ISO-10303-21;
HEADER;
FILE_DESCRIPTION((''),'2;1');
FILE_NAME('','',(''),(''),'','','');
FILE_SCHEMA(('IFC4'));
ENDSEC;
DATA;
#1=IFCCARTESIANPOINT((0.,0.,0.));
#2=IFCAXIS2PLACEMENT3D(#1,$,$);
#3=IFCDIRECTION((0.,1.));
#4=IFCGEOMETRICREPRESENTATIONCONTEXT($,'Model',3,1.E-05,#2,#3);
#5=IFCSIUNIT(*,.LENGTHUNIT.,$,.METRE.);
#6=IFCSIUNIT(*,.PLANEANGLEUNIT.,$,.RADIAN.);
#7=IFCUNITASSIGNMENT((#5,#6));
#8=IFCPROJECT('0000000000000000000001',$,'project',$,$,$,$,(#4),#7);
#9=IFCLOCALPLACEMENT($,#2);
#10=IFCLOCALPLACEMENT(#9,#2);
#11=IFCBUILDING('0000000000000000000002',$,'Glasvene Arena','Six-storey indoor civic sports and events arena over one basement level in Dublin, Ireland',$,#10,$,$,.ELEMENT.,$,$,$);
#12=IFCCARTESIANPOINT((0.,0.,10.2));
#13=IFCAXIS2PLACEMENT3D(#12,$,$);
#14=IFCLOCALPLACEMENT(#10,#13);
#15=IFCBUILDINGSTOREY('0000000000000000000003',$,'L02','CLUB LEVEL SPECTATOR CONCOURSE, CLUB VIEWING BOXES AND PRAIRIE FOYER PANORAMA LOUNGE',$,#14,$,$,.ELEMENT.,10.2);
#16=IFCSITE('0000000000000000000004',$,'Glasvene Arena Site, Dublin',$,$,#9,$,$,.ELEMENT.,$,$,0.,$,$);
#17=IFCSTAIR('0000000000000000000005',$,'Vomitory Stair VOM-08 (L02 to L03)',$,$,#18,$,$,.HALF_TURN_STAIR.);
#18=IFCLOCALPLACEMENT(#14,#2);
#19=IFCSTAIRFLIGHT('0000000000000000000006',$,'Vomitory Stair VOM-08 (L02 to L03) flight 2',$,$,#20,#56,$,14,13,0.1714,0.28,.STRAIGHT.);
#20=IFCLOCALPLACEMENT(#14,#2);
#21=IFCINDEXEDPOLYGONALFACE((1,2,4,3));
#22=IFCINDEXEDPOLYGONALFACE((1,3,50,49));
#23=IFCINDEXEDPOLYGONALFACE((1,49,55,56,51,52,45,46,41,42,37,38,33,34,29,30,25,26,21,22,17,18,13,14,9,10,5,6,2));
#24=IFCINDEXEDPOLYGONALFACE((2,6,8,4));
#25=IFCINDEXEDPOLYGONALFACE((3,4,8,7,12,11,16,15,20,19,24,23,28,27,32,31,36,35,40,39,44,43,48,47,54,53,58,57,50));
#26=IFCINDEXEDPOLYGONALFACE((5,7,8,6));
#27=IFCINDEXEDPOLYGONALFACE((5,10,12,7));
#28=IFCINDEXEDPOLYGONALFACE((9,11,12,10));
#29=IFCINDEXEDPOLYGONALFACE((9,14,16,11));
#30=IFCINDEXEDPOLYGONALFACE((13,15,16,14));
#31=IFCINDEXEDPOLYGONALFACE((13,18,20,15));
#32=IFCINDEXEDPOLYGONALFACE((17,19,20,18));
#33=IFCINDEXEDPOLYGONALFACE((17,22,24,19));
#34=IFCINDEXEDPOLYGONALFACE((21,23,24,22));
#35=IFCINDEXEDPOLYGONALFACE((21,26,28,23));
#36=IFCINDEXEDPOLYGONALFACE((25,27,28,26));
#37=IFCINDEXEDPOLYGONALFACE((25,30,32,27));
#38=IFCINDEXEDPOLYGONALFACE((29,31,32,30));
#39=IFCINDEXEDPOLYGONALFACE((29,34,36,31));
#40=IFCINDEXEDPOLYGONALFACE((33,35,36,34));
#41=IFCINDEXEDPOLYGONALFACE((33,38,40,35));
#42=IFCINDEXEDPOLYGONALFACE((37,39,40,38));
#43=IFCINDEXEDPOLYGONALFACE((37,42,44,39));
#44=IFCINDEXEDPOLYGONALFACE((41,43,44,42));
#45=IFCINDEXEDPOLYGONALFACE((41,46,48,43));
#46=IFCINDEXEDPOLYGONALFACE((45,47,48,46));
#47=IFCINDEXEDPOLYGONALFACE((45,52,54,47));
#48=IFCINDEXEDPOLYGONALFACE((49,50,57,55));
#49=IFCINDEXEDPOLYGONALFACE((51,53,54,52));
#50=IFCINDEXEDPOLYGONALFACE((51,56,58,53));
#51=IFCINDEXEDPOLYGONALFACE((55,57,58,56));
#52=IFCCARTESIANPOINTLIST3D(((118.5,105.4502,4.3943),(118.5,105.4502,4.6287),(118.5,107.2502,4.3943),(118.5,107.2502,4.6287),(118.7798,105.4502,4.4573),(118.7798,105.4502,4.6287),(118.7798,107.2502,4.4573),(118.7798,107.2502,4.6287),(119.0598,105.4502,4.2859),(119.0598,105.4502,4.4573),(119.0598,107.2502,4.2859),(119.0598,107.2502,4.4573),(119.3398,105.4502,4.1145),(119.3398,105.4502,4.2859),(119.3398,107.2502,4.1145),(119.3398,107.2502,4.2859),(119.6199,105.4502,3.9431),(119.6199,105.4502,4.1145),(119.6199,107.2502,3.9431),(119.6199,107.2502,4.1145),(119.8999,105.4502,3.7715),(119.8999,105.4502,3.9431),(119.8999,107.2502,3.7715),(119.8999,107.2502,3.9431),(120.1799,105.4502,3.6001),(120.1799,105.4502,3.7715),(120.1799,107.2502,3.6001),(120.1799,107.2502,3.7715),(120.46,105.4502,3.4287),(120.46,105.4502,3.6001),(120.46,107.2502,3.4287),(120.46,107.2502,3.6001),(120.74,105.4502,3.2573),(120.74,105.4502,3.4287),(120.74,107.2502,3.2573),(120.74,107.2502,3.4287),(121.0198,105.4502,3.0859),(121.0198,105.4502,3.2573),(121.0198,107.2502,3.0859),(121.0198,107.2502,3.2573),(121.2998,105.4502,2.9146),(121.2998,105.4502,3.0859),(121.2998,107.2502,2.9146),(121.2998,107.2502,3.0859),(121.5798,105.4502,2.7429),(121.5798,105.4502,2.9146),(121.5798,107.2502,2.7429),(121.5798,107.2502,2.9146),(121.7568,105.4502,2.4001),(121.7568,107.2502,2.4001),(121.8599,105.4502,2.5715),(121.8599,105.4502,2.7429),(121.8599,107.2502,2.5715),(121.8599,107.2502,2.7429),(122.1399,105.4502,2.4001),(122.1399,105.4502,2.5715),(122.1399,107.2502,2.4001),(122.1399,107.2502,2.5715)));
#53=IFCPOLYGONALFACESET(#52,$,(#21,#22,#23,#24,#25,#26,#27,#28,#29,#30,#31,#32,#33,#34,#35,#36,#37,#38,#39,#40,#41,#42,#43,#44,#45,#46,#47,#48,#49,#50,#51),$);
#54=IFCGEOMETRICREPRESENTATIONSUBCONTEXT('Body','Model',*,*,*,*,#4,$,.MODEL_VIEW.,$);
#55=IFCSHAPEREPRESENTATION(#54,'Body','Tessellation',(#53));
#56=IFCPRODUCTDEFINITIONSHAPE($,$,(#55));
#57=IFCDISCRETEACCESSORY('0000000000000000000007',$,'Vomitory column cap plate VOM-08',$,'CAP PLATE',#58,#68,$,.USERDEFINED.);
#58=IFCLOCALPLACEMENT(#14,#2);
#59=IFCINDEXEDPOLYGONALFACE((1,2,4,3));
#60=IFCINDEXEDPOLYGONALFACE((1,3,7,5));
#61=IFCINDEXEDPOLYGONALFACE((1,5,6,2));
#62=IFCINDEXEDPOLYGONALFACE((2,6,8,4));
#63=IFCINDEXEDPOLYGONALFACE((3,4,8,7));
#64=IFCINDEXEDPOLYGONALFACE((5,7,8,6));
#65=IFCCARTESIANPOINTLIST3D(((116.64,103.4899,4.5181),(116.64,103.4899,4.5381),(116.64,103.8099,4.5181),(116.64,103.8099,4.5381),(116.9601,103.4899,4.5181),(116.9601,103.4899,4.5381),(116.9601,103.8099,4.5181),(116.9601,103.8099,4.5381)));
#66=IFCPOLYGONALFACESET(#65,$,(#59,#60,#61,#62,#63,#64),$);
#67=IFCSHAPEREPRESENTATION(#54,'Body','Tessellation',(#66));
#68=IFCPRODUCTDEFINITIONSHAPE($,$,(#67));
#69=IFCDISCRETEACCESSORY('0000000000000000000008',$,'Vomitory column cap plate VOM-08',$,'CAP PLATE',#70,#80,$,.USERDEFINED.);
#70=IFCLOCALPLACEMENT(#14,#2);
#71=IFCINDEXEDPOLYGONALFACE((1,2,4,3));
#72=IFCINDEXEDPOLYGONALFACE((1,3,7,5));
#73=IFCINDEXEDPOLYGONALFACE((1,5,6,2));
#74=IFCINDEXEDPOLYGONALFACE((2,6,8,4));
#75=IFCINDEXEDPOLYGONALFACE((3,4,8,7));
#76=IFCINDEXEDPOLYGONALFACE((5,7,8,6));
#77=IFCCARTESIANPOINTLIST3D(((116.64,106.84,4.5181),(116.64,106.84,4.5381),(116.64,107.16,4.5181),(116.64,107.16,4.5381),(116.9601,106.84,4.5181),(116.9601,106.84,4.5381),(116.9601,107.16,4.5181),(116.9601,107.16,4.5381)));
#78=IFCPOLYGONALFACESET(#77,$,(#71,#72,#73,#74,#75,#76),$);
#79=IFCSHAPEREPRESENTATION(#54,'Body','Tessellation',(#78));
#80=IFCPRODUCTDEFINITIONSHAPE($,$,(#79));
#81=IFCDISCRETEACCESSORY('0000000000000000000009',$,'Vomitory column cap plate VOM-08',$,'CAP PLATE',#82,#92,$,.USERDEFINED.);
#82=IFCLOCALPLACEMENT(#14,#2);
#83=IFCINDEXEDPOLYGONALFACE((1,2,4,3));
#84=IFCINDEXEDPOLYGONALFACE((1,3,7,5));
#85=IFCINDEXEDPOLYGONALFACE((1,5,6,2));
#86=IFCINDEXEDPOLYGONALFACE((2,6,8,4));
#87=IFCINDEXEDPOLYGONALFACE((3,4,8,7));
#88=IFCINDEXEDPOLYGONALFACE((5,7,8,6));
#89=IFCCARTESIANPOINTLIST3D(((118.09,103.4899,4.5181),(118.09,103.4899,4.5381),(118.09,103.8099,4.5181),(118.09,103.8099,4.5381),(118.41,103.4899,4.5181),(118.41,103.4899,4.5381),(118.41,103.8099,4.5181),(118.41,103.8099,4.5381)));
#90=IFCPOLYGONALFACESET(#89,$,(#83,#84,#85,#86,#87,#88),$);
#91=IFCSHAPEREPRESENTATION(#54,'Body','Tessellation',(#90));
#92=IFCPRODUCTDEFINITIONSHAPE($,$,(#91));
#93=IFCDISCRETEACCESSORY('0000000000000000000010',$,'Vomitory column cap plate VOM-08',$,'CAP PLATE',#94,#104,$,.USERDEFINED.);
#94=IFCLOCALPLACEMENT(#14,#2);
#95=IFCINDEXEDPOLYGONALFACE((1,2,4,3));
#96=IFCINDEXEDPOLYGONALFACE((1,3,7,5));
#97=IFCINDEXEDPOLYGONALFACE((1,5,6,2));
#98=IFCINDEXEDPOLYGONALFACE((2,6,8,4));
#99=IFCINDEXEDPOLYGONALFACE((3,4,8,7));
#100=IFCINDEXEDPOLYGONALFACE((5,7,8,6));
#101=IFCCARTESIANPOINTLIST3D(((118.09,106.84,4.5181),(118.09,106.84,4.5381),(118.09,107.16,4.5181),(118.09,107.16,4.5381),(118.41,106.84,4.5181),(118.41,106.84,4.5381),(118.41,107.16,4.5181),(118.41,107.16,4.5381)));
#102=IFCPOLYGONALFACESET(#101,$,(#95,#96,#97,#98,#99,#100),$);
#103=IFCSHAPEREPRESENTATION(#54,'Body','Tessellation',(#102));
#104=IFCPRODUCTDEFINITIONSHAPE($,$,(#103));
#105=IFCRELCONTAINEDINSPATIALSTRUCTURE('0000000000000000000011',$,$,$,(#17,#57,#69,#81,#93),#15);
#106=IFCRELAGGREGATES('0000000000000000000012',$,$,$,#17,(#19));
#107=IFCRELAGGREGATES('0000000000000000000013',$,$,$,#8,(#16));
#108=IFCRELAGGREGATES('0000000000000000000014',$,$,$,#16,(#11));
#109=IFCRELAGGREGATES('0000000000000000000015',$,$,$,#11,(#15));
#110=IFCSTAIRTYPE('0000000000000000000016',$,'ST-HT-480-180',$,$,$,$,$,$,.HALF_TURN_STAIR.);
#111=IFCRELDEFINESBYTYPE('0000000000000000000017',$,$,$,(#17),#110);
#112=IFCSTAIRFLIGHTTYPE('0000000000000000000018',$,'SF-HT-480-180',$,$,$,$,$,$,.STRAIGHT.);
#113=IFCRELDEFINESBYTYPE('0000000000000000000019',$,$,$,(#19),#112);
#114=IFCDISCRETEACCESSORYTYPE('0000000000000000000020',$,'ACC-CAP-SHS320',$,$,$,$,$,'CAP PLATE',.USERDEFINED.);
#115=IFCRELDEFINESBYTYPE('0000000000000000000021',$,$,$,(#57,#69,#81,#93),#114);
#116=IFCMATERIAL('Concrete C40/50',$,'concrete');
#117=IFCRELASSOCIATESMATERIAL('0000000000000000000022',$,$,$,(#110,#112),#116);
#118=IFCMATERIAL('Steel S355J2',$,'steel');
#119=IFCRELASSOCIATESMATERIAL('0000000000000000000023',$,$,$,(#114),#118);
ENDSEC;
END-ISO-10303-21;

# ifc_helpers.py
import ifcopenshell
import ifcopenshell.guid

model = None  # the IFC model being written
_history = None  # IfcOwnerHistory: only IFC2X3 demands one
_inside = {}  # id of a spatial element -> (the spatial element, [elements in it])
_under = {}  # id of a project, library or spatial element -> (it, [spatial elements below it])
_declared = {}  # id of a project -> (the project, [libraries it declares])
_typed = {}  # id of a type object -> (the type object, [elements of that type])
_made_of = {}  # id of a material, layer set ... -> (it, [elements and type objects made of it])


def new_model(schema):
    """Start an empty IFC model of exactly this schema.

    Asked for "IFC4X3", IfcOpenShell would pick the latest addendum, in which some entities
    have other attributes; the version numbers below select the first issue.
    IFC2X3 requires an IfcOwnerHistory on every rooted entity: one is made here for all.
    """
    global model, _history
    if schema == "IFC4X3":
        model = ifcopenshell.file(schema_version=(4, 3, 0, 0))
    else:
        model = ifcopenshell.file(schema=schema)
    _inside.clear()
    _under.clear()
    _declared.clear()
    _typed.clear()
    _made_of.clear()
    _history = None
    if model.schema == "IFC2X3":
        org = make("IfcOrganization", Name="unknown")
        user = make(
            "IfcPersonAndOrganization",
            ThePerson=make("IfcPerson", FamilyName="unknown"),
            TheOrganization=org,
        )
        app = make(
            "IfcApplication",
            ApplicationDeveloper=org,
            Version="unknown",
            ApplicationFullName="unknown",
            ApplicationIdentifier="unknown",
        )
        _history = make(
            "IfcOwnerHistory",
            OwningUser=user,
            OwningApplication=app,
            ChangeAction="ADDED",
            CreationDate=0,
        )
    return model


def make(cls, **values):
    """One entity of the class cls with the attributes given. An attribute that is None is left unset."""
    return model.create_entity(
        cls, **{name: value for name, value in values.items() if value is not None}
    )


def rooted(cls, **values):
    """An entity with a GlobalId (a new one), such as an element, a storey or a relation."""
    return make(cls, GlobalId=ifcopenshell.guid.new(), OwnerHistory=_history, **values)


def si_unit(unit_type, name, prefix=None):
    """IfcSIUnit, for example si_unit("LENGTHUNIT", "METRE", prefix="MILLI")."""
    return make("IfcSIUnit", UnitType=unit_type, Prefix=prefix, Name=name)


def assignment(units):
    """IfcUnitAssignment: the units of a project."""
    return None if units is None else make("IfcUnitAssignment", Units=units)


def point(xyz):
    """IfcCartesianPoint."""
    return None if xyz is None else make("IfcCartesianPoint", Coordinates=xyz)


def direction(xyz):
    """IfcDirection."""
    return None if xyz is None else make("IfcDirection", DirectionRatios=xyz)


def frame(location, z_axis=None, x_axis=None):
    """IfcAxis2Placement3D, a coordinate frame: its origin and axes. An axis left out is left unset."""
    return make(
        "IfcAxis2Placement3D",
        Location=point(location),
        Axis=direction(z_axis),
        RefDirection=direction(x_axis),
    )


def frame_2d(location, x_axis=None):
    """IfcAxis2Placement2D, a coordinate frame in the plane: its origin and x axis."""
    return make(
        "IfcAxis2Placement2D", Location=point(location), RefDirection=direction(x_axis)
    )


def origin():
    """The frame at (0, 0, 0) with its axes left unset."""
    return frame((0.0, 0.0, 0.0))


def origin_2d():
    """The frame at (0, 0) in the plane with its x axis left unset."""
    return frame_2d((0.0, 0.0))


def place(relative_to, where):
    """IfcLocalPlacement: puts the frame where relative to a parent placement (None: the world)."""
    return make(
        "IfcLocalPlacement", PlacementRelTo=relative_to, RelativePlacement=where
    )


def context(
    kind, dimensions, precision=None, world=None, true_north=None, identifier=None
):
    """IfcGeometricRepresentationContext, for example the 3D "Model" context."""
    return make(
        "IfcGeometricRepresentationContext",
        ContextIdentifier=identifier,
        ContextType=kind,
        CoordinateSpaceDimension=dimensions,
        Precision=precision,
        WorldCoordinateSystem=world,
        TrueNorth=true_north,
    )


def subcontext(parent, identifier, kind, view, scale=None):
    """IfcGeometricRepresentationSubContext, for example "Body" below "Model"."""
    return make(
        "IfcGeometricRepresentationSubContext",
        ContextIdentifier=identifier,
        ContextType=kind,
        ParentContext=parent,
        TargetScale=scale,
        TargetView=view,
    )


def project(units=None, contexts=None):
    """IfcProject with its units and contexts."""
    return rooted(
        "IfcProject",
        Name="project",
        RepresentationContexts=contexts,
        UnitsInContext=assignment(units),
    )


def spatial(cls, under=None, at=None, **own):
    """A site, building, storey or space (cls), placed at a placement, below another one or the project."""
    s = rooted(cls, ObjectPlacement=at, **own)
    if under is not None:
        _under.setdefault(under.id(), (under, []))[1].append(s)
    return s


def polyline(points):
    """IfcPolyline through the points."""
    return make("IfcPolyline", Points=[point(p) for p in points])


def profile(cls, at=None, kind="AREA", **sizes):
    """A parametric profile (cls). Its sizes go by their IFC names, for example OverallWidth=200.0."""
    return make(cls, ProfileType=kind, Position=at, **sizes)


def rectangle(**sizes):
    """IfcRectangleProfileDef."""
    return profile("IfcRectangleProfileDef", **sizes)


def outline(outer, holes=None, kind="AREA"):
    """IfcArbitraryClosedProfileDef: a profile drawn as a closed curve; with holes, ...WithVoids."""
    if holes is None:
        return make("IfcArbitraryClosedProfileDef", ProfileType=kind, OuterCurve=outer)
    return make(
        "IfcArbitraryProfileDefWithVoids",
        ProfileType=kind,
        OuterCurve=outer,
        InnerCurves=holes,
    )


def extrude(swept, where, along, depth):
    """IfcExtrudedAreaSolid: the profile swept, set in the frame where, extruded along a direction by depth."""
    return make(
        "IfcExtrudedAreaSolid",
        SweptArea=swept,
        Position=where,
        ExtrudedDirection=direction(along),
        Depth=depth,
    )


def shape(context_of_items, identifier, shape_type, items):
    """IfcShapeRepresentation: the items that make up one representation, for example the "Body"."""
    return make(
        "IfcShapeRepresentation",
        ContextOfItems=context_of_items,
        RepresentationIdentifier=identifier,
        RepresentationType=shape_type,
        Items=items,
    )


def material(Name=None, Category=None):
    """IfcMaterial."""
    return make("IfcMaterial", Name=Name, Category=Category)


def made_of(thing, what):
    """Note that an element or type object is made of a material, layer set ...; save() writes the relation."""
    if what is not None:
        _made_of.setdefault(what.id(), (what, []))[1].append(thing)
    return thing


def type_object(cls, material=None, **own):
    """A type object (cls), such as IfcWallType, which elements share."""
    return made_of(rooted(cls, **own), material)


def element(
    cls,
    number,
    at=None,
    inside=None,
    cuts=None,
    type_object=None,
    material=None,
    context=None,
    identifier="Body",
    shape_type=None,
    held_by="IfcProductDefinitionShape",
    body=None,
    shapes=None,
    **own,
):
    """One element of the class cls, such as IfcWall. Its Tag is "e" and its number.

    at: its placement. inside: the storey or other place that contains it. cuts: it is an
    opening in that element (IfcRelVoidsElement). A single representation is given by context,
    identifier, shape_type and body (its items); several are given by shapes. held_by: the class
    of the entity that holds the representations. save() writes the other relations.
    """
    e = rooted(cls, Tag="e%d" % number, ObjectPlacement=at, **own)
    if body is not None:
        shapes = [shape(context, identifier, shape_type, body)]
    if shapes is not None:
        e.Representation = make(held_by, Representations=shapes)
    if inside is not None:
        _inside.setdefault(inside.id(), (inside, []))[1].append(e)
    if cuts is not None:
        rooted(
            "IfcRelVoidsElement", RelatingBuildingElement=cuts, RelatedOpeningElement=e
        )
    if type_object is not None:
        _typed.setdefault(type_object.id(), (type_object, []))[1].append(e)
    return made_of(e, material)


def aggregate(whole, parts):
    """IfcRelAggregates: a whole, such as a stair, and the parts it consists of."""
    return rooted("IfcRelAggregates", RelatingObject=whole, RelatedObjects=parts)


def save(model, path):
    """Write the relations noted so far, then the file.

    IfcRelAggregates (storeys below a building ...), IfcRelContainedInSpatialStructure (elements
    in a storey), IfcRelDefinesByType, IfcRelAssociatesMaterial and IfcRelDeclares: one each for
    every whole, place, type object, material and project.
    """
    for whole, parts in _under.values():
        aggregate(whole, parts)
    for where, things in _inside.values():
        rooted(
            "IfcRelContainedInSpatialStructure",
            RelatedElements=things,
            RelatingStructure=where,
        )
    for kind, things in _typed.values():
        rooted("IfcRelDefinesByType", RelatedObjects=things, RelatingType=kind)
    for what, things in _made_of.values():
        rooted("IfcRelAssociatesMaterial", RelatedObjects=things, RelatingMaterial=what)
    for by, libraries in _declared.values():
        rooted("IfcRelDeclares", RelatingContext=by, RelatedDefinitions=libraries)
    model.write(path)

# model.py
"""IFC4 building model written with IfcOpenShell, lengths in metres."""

from ifc_helpers import new_model, si_unit, direction, frame, origin, origin_2d, place, context, subcontext, project, spatial, polyline, rectangle, outline, extrude, material, type_object, element, aggregate, save


model = new_model("IFC4")

# Units and contexts
model_context = context("Model", 3, precision=1e-05, world=origin(), true_north=direction((0.0, 1.0)))
body_context = subcontext(model_context, "Body", "Model", "MODEL_VIEW")
ifc_project = project(units=[si_unit("LENGTHUNIT", "METRE"), si_unit("PLANEANGLEUNIT", "RADIAN")], contexts=[model_context])

# Site, building, storey
site_placement = place(None, origin())
site = spatial("IfcSite", under=ifc_project, at=site_placement, Name="Glasvene Arena Site, Dublin", CompositionType="ELEMENT", RefElevation=0.0)
building_placement = place(site_placement, origin())
building = spatial("IfcBuilding", under=site, at=building_placement, Name="Glasvene Arena", Description="Six-storey indoor civic sports and events arena over one basement level in Dublin, Ireland", CompositionType="ELEMENT")
storey_placement = place(building_placement, frame((0.0, 0.0, 10.2)))
storey = spatial("IfcBuildingStorey", under=building, at=storey_placement, Name="L02", Description="CLUB LEVEL SPECTATOR CONCOURSE, CLUB VIEWING BOXES AND PRAIRIE FOYER PANORAMA LOUNGE", CompositionType="ELEMENT", Elevation=10.2)

# Shared definitions
ifc_material_1 = material(Name="Steel S355J2", Category="steel")

# Stair
ifc_material_2 = material(Name="Concrete C40/50", Category="concrete")
stair_type = type_object("IfcStairType", Name="ST-HT-480-180", PredefinedType="HALF_TURN_STAIR", material=ifc_material_2)
stair_placement = place(storey_placement, origin())
stair = element("IfcStair", 1, at=stair_placement, inside=storey, type_object=stair_type, Name="Vomitory Stair VOM-08 (L02 to L03)", PredefinedType="HALF_TURN_STAIR")

# Stair flight
stair_flight_type = type_object("IfcStairFlightType", Name="SF-HT-480-180", PredefinedType="STRAIGHT", material=ifc_material_2)
stair_flight_1_placement = place(storey_placement, frame((122.1399, 106.3501, 2.4001), z_axis=(0.0, 0.0, 1.0), x_axis=(-1.0, 0.0, 0.0)))
stair_flight_1 = element("IfcStairFlight", 2, at=stair_flight_1_placement, type_object=stair_flight_type, Name="Vomitory Stair VOM-08 (L02 to L03) flight 2", NumberOfRisers=14, NumberOfTreads=13, PredefinedType="STRAIGHT", RiserHeight=0.1714, TreadLength=0.28, context=body_context, shape_type="SweptSolid", body=[
    extrude(outline(polyline([(0.0, 0.0), (0.0, 0.1714), (0.28, 0.1714), (0.28, 0.3428), (0.5601, 0.3428), (0.5601, 0.5144), (0.8401, 0.5144), (0.8401, 0.6858), (1.1201, 0.6858), (1.1201, 0.8572), (1.3999, 0.8572), (1.3999, 1.0286), (1.6799, 1.0286), (1.6799, 1.2), (1.96, 1.2), (1.96, 1.3713), (2.24, 1.3713), (2.24, 1.543), (2.52, 1.543), (2.52, 1.7144), (2.8, 1.7144), (2.8, 1.8857), (3.0801, 1.8857), (3.0801, 2.0571), (3.3601, 2.0571), (3.3601, 2.2285), (3.6399, 2.2285), (3.6399, 2.3999), (3.6399, 1.9941), (0.3831, 0.0), (0.0, 0.0)])), frame((0.0, 0.8999, 0.0), z_axis=(0.0, -1.0, 0.0), x_axis=(1.0, 0.0, 0.0)), (0.0, 0.0, 1.0), 1.8),
])
aggregate(stair, [stair_flight_1])

# Discrete accessories
discrete_accessory_type = type_object("IfcDiscreteAccessoryType", Name="ACC-CAP-SHS320", ElementType="CAP PLATE", PredefinedType="USERDEFINED", material=ifc_material_1)
for number, where, z_axis, x_axis, name in (
    (3, (116.8, 103.6499, 4.5181), (0.0, 0.0, 1.0), (1.0, 0.0, 0.0), "Vomitory column cap plate VOM-08"),
    (4, (116.8, 107.0, 4.5181), (0.0, 0.0, 1.0), (1.0, 0.0, 0.0), "Vomitory column cap plate VOM-08"),
    (5, (118.25, 103.6499, 4.5181), (0.0, 0.0, 1.0), (1.0, 0.0, 0.0), "Vomitory column cap plate VOM-08"),
    (6, (118.25, 107.0, 4.5181), (0.0, 0.0, 1.0), (1.0, 0.0, 0.0), "Vomitory column cap plate VOM-08"),
):
    element("IfcDiscreteAccessory", number, at=place(storey_placement, frame(where, z_axis=z_axis, x_axis=x_axis)), inside=storey, type_object=discrete_accessory_type, Name=name, ObjectType="CAP PLATE", PredefinedType="USERDEFINED", context=body_context, shape_type="SweptSolid", body=[
        extrude(rectangle(XDim=0.3201, YDim=0.3201, at=origin_2d()), origin(), (0.0, 0.0, 1.0), 0.02),
    ])

save(model, "model.ifc")
